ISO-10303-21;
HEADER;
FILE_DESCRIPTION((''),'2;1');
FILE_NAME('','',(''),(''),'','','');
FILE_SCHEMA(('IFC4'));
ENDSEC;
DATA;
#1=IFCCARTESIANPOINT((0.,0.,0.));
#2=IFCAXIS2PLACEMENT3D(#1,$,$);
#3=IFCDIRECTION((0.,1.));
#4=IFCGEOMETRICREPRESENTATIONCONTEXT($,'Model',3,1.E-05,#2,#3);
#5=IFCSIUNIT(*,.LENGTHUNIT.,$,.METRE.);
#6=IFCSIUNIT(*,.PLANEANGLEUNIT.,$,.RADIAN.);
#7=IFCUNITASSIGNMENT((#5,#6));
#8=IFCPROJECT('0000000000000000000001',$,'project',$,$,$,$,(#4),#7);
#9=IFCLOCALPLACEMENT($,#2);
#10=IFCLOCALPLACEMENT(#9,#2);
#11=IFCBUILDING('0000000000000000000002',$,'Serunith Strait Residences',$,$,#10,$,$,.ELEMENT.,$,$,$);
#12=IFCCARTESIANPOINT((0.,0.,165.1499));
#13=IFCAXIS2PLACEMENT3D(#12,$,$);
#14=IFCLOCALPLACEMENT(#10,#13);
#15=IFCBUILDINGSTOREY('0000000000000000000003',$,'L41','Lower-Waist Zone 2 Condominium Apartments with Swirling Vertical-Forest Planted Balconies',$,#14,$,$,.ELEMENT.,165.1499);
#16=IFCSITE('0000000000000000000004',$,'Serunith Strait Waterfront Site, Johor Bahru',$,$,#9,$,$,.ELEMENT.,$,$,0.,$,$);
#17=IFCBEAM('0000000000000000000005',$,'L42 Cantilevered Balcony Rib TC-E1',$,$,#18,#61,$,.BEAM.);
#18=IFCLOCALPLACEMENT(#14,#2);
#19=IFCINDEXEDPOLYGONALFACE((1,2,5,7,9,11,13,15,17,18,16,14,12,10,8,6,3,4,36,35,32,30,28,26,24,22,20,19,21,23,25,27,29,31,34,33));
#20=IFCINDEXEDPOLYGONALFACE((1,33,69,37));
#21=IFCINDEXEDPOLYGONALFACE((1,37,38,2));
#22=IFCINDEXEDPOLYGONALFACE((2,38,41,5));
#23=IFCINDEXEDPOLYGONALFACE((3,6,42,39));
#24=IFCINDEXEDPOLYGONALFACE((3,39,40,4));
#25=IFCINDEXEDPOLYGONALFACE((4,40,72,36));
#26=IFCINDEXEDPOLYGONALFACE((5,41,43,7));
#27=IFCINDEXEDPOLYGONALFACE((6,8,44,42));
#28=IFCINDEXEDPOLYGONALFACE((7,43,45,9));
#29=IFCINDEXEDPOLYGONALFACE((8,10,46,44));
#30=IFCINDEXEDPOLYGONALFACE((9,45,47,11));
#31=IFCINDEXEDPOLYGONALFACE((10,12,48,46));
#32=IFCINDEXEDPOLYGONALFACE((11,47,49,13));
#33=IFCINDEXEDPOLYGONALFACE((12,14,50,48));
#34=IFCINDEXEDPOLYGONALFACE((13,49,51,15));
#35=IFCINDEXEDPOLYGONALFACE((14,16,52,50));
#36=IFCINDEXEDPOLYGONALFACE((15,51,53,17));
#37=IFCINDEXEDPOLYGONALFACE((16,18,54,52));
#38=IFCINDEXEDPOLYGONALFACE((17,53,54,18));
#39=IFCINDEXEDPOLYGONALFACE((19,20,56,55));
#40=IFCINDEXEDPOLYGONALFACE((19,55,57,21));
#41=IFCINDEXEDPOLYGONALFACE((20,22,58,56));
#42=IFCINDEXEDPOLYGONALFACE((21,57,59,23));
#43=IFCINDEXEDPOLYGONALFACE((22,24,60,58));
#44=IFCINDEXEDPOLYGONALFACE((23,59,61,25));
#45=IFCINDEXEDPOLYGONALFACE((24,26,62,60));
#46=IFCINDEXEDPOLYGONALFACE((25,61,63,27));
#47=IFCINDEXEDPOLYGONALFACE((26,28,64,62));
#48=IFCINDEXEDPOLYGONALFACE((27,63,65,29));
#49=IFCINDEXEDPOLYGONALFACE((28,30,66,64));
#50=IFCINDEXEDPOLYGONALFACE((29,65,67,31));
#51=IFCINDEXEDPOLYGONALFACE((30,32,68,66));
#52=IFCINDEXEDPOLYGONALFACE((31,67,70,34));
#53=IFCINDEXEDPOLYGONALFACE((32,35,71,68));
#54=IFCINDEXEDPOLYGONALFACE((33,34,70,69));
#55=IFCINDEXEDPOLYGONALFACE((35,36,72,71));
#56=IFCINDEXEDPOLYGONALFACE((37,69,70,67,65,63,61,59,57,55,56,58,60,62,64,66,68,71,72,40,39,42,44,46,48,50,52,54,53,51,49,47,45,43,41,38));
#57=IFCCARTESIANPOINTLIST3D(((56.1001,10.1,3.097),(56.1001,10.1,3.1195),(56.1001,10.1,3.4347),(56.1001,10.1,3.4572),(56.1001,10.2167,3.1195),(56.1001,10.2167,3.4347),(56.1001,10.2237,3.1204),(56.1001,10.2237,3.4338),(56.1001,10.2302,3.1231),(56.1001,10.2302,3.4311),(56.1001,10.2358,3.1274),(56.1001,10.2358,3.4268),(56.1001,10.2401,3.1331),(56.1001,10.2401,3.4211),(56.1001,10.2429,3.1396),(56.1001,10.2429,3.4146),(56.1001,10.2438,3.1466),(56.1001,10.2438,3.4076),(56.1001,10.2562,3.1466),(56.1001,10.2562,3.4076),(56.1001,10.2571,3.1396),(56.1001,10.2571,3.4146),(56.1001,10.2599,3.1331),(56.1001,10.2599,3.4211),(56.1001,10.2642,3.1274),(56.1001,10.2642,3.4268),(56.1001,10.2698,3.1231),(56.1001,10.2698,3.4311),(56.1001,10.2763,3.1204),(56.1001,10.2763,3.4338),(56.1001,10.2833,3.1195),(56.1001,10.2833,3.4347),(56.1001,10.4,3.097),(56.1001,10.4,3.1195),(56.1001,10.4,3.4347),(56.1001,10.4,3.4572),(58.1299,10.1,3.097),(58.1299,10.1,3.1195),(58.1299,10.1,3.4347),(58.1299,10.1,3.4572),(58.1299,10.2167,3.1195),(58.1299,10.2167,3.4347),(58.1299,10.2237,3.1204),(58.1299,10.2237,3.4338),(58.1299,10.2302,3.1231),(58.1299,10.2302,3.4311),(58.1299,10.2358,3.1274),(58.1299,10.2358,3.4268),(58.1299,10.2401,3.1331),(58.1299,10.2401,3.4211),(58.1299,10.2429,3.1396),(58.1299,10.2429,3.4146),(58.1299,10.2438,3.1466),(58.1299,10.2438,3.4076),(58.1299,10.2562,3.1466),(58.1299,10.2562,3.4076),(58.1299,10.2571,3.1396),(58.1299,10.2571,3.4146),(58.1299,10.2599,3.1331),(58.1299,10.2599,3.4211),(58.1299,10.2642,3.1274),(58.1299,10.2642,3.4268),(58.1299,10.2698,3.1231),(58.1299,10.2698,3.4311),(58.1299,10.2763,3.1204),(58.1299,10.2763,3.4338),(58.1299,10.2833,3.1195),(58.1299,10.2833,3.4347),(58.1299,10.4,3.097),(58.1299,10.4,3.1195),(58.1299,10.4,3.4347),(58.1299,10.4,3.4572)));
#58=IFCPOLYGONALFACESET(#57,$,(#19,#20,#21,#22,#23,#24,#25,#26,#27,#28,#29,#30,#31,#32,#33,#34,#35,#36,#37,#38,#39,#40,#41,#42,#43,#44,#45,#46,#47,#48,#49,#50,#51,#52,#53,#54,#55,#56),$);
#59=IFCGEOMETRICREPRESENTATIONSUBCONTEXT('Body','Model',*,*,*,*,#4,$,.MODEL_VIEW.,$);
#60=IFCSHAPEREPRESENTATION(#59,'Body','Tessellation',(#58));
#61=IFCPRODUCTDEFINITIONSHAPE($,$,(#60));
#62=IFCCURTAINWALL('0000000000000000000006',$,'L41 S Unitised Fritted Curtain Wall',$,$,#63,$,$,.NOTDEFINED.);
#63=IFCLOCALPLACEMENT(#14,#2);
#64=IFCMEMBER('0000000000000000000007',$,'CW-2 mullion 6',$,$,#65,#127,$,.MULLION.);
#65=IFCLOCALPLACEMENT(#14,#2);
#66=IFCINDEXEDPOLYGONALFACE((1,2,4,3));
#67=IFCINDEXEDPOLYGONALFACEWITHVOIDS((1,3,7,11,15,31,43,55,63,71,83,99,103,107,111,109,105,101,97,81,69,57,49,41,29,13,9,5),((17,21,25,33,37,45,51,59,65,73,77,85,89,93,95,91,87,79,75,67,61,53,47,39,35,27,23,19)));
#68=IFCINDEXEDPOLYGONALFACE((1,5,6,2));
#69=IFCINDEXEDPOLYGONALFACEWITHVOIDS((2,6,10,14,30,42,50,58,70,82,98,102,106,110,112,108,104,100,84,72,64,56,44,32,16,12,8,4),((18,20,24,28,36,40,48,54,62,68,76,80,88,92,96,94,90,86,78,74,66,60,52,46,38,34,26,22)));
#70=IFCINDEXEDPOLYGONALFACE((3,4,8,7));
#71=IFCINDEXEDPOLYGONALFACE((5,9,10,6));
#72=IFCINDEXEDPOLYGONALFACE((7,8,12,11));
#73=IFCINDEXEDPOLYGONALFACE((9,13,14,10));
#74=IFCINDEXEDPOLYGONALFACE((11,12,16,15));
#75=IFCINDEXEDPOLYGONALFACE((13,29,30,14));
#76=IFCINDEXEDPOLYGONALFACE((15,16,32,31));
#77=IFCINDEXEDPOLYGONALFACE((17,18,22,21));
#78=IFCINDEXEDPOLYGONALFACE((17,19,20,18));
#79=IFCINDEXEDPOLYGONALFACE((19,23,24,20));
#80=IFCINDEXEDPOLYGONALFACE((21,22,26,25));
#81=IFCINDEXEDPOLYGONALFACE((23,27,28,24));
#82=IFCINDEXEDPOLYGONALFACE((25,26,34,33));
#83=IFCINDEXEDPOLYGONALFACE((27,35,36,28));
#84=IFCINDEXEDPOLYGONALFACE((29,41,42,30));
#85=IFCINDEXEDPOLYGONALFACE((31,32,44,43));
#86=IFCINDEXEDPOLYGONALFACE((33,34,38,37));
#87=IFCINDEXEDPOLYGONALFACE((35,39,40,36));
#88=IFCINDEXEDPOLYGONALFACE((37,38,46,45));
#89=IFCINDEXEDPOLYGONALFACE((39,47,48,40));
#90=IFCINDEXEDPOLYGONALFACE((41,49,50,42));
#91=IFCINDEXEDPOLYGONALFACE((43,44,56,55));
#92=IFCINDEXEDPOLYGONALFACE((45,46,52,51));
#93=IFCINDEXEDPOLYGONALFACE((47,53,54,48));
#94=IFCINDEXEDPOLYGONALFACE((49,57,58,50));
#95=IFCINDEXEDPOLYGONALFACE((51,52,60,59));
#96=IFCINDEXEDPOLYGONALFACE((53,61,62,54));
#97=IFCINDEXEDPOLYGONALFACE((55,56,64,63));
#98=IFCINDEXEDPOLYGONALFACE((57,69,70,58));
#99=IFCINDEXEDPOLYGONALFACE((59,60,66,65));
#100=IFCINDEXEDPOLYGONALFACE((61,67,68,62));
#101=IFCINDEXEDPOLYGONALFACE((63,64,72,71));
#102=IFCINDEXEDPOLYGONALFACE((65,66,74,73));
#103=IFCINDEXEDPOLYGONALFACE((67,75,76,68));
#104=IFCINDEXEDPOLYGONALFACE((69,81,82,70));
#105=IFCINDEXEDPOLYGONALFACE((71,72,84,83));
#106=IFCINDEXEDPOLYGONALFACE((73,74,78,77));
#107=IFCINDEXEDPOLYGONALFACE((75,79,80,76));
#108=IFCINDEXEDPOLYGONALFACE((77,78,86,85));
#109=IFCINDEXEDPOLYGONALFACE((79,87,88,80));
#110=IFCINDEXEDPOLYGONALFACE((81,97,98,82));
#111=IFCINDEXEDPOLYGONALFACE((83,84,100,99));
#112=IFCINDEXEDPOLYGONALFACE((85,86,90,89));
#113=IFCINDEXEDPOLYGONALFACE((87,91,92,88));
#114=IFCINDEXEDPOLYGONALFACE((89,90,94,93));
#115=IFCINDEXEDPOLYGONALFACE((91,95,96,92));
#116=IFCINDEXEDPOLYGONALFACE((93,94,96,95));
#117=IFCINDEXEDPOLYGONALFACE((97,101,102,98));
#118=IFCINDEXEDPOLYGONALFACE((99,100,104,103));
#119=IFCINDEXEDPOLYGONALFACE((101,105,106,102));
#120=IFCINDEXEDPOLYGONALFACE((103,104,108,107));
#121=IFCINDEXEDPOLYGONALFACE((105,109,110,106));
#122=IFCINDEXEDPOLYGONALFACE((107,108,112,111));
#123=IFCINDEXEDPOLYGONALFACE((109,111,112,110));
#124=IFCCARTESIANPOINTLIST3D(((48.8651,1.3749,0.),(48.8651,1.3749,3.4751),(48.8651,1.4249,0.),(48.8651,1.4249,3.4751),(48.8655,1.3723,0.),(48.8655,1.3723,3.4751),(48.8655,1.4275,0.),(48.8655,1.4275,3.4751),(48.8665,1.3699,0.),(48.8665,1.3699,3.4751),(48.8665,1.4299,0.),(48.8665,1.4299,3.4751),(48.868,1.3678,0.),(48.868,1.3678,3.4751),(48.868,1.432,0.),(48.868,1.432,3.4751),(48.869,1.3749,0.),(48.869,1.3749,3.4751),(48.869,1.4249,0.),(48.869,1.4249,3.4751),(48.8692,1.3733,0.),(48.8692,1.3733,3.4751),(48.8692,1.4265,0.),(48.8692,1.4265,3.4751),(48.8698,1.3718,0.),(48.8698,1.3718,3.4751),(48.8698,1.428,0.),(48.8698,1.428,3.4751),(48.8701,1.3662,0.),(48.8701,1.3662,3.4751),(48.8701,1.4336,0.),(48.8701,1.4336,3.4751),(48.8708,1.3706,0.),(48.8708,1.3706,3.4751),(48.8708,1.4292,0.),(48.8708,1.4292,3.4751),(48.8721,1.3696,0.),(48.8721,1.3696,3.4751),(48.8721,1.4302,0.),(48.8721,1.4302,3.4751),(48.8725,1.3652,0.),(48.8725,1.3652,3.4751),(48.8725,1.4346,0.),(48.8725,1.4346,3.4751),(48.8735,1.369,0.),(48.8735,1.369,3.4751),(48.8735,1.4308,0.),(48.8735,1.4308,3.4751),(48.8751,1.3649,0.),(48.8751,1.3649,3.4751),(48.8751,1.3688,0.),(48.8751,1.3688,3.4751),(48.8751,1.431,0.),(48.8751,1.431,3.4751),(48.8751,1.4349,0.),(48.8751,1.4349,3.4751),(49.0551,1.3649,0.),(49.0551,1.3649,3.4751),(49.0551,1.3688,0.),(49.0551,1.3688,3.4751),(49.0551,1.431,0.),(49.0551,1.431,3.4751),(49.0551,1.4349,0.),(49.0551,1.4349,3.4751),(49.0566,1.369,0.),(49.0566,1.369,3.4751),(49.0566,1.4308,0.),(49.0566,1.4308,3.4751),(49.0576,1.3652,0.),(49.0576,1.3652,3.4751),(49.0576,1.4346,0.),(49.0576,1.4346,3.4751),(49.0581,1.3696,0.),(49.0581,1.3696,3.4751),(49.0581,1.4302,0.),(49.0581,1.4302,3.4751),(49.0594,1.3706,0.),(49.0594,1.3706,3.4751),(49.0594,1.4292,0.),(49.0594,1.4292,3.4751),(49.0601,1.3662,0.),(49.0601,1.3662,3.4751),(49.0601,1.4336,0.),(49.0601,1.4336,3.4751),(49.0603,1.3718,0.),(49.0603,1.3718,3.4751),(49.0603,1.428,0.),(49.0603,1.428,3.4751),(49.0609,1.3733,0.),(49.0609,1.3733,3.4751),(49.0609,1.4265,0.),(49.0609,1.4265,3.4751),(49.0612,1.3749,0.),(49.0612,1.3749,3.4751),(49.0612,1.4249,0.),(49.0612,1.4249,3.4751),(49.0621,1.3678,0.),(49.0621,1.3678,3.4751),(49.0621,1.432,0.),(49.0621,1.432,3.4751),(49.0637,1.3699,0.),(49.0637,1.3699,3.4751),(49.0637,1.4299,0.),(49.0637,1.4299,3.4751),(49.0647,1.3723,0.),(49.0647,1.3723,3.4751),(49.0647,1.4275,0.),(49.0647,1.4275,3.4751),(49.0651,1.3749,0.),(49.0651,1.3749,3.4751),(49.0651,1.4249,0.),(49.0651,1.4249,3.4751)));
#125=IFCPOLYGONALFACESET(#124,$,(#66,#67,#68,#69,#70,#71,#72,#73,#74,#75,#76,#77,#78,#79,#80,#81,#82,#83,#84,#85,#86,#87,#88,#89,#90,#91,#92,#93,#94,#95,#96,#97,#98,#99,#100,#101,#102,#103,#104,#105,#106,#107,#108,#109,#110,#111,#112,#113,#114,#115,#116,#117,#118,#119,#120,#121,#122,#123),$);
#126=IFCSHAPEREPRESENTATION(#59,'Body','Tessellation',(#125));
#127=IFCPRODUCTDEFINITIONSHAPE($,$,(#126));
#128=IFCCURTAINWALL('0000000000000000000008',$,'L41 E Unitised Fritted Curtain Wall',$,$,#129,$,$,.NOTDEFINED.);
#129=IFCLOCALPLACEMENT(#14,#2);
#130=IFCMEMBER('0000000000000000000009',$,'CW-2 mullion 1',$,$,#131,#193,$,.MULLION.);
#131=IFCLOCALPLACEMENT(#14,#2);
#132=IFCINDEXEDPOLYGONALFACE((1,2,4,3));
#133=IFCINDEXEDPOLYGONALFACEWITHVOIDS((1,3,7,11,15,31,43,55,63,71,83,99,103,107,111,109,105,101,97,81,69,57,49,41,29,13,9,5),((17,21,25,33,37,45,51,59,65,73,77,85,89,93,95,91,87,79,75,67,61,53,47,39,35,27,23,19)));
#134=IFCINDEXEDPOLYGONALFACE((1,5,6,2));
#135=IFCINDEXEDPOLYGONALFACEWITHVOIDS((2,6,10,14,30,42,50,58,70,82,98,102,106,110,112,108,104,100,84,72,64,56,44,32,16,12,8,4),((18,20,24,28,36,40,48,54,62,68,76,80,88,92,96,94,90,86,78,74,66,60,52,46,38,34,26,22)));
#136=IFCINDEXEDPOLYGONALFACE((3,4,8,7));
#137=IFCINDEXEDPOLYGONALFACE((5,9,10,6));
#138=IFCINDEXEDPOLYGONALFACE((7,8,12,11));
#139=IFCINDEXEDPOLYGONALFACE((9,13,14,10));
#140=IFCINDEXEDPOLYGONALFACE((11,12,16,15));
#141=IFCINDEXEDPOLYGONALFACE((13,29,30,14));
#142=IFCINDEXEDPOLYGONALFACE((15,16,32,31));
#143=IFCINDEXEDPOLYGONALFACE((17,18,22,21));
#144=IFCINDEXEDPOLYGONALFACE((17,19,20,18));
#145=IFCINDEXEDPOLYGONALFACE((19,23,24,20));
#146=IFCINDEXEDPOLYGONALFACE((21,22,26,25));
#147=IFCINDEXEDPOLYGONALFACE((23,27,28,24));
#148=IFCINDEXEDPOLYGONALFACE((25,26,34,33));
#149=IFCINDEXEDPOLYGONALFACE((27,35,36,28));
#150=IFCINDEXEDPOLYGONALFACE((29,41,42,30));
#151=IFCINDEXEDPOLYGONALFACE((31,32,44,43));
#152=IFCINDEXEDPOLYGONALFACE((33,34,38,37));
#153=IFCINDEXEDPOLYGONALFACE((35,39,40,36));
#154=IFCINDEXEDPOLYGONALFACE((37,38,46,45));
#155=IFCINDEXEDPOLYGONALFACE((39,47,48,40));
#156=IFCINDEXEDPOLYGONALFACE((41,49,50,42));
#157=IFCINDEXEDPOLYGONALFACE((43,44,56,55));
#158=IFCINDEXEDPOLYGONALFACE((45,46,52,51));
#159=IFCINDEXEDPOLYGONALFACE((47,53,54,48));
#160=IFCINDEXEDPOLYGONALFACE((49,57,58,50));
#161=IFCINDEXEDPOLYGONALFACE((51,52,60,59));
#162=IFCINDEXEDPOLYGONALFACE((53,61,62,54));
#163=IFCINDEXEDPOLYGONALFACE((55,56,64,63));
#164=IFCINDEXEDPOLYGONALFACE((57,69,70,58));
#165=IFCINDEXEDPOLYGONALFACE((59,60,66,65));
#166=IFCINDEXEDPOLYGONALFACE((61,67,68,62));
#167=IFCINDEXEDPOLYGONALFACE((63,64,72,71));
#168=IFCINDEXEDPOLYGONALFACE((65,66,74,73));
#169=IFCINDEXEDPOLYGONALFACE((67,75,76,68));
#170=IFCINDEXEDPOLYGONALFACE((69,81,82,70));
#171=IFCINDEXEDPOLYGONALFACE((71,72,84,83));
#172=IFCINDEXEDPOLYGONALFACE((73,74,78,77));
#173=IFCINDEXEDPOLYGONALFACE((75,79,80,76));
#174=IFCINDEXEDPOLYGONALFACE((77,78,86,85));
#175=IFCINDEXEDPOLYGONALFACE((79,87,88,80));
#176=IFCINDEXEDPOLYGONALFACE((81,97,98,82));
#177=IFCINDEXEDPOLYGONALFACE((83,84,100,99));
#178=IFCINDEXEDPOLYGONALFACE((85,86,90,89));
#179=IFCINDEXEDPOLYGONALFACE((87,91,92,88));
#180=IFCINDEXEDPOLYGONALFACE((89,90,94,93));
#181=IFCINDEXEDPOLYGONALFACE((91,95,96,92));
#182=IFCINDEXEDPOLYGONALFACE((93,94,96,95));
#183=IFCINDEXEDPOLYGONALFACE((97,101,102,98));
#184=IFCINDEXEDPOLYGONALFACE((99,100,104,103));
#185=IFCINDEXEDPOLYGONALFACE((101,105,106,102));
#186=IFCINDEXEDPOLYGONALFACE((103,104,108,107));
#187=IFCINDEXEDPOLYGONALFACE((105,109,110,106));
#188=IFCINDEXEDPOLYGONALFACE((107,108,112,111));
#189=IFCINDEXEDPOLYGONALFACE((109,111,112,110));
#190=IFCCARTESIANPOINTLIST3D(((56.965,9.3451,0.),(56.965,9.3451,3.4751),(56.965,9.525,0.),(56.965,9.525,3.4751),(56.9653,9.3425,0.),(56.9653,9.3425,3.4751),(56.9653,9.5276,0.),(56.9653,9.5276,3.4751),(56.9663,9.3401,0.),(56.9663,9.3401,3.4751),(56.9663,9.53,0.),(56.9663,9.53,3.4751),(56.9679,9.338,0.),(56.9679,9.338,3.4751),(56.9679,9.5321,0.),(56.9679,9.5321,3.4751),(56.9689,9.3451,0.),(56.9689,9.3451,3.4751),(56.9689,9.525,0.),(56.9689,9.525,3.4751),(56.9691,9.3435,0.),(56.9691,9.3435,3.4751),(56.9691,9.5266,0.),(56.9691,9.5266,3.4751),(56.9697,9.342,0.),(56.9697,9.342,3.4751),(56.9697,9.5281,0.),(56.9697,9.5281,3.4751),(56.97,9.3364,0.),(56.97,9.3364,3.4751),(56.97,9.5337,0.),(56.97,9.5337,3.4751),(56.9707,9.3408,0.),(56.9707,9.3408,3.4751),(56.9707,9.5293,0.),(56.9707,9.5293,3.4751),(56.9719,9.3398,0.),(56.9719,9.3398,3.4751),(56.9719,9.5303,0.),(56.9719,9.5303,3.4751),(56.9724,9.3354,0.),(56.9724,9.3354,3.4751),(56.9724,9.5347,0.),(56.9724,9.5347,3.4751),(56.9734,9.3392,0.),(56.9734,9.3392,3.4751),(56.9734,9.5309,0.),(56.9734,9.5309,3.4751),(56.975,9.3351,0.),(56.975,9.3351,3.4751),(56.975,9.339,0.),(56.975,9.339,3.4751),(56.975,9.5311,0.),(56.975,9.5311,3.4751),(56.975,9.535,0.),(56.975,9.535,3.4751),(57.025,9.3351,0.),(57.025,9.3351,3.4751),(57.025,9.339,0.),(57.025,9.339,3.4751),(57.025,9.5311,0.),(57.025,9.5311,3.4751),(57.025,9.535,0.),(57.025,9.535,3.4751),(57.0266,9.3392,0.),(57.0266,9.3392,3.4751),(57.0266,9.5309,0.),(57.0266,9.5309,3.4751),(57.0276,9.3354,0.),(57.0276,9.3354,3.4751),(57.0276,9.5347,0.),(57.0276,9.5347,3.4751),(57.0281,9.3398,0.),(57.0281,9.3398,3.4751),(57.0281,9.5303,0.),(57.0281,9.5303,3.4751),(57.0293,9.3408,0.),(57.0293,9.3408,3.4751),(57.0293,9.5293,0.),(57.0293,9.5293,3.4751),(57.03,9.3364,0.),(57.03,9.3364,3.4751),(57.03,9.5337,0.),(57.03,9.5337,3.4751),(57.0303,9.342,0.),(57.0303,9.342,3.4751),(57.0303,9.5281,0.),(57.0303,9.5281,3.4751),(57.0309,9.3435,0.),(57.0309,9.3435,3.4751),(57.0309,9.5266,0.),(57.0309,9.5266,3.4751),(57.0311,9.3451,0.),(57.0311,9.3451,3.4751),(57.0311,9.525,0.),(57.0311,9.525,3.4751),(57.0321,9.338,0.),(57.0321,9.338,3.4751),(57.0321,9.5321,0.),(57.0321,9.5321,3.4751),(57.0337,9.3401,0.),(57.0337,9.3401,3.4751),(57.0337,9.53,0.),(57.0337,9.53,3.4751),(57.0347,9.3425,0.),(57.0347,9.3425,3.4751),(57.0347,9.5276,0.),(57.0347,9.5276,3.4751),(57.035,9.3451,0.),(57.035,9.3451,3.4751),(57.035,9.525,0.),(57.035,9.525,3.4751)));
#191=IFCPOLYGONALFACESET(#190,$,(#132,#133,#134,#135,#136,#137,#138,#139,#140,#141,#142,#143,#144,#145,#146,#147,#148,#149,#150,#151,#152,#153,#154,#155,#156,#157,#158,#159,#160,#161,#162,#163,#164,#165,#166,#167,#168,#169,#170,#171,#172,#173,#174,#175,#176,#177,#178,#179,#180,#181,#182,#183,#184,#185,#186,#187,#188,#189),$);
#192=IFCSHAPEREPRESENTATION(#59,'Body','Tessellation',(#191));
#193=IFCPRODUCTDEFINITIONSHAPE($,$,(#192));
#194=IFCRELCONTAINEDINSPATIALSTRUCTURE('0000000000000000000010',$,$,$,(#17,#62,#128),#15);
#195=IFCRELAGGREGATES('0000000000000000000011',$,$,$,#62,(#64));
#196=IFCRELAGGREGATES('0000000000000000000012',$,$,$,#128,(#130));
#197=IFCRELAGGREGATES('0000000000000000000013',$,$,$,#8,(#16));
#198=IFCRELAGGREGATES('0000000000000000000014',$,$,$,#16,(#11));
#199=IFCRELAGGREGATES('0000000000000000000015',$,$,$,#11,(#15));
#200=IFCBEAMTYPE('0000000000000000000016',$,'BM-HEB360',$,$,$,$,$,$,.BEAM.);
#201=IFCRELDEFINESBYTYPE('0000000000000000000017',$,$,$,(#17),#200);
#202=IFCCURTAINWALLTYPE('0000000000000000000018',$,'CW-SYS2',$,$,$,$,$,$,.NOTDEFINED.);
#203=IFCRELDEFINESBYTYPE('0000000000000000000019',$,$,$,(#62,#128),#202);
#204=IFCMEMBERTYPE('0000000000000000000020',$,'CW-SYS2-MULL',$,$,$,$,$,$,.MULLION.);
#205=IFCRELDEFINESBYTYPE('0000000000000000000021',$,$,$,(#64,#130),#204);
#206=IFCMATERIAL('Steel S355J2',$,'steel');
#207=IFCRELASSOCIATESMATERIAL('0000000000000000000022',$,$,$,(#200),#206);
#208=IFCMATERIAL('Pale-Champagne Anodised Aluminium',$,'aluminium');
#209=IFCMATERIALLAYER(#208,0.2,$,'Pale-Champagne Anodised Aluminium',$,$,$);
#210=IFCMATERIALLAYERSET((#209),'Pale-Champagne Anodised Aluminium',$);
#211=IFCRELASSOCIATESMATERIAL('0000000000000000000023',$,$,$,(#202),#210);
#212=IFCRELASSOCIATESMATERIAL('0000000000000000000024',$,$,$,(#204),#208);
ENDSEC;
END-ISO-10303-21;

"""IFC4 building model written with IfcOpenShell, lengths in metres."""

from ifc_helpers import new_model, si_unit, direction, frame, origin, origin_2d, place, context, subcontext, project, spatial, hollow_rectangle, i_section, extrude, source, transform, mapped, material, layer, layer_set, material_profile, profile_set, type_object, element, aggregate, save


model = new_model("IFC4")

# Units and contexts
model_context = context("Model", 3, precision=1e-05, world=origin(), true_north=direction((0.0, 1.0)))
body_context = subcontext(model_context, "Body", "Model", "MODEL_VIEW")
ifc_project = project(units=[si_unit("LENGTHUNIT", "METRE"), si_unit("PLANEANGLEUNIT", "RADIAN")], contexts=[model_context])

# Site, building, storey
site_placement = place(None, origin())
site = spatial("IfcSite", under=ifc_project, at=site_placement, Name="Serunith Strait Waterfront Site, Johor Bahru", CompositionType="ELEMENT", RefElevation=0.0)
building_placement = place(site_placement, origin())
building = spatial("IfcBuilding", under=site, at=building_placement, Name="Serunith Strait Residences", CompositionType="ELEMENT")
storey_placement = place(building_placement, frame((0.0, 0.0, 165.1499)))
storey = spatial("IfcBuildingStorey", under=building, at=storey_placement, Name="L41", Description="Lower-Waist Zone 2 Condominium Apartments with Swirling Vertical-Forest Planted Balconies", CompositionType="ELEMENT", Elevation=165.1499)

# Beam
ifc_material_1 = material(Name="Steel S355J2", Category="steel")
ifc_material_profile_1 = material_profile(ifc_material_1, i_section(OverallWidth=0.3, OverallDepth=0.3601, WebThickness=0.0125, FlangeThickness=0.0225, FilletRadius=0.0271, at=origin_2d()), Name="HEB 360")
ifc_profile_set_1 = profile_set([ifc_material_profile_1], Name="Steel S355J2")
beam_type_1 = type_object("IfcBeamType", Name="BM-HEB360", PredefinedType="BEAM", material=ifc_profile_set_1)
shared_shape_1 = source(origin(), body_context, "Body", "SweptSolid", [
    extrude(i_section(OverallWidth=0.3, OverallDepth=0.3601, WebThickness=0.0125, FlangeThickness=0.0225, FilletRadius=0.0271, at=origin_2d()), origin(), (0.0, 0.0, 1.0), 2.0298),
])
beam_1_placement = place(storey_placement, frame((56.1001, 10.25, 3.2771), z_axis=(1.0, 0.0, 0.0), x_axis=(0.0, 1.0, 0.0)))
element("IfcBeam", 1, at=beam_1_placement, inside=storey, type_object=beam_type_1, Name="L42 Cantilevered Balcony Rib TC-E1", PredefinedType="BEAM", context=body_context, shape_type="MappedRepresentation", body=[
    mapped(shared_shape_1, transform((0.0, 0.0, 0.0), scale=1.0)),
])

# Curtain wall, member
ifc_material_2 = material(Name="Pale-Champagne Anodised Aluminium", Category="aluminium")
ifc_layer_1 = layer(ifc_material_2, 0.2, Name="Pale-Champagne Anodised Aluminium")
ifc_layer_set_1 = layer_set([ifc_layer_1], Name="Pale-Champagne Anodised Aluminium")
curtain_wall_type = type_object("IfcCurtainWallType", Name="CW-SYS2", PredefinedType="NOTDEFINED", material=ifc_layer_set_1)
curtain_wall_1_placement = place(storey_placement, origin())
curtain_wall_1 = element("IfcCurtainWall", 2, at=curtain_wall_1_placement, inside=storey, type_object=curtain_wall_type, Name="L41 S Unitised Fritted Curtain Wall", PredefinedType="NOTDEFINED")
ifc_material_profile_2 = material_profile(ifc_material_2, hollow_rectangle(XDim=0.0701, YDim=0.2, WallThickness=0.0039, InnerFilletRadius=0.0061, OuterFilletRadius=0.01, at=origin_2d()), Name="ALU 200x70x4")
ifc_profile_set_2 = profile_set([ifc_material_profile_2], Name="Pale-Champagne Anodised Aluminium")
member_type_1 = type_object("IfcMemberType", Name="CW-SYS2-MULL", PredefinedType="MULLION", material=ifc_profile_set_2)
shared_shape_2 = source(origin(), body_context, "Body", "SweptSolid", [
    extrude(hollow_rectangle(XDim=0.0701, YDim=0.2, WallThickness=0.0039, InnerFilletRadius=0.0061, OuterFilletRadius=0.01, at=origin_2d()), origin(), (0.0, 0.0, 1.0), 3.4751),
])
member_1_placement = place(storey_placement, frame((48.9651, 1.3999, 0.0), z_axis=(0.0, 0.0, 1.0), x_axis=(0.0, 1.0, 0.0)))
member_1 = element("IfcMember", 3, at=member_1_placement, type_object=member_type_1, Name="CW-2 mullion 6", PredefinedType="MULLION", context=body_context, shape_type="MappedRepresentation", body=[
    mapped(shared_shape_2, transform((0.0, 0.0, 0.0), scale=1.0)),
])
aggregate(curtain_wall_1, [member_1])

# Curtain wall, member
curtain_wall_2_placement = place(storey_placement, origin())
curtain_wall_2 = element("IfcCurtainWall", 4, at=curtain_wall_2_placement, inside=storey, type_object=curtain_wall_type, Name="L41 E Unitised Fritted Curtain Wall", PredefinedType="NOTDEFINED")
member_2_placement = place(storey_placement, frame((57.0, 9.4351, 0.0), z_axis=(0.0, 0.0, 1.0), x_axis=(-1.0, 0.0, 0.0)))
member_2 = element("IfcMember", 5, at=member_2_placement, type_object=member_type_1, Name="CW-2 mullion 1", PredefinedType="MULLION", context=body_context, shape_type="MappedRepresentation", body=[
    mapped(shared_shape_2, transform((0.0, 0.0, 0.0), scale=1.0)),
])
aggregate(curtain_wall_2, [member_2])

save(model, "model.ifc")
